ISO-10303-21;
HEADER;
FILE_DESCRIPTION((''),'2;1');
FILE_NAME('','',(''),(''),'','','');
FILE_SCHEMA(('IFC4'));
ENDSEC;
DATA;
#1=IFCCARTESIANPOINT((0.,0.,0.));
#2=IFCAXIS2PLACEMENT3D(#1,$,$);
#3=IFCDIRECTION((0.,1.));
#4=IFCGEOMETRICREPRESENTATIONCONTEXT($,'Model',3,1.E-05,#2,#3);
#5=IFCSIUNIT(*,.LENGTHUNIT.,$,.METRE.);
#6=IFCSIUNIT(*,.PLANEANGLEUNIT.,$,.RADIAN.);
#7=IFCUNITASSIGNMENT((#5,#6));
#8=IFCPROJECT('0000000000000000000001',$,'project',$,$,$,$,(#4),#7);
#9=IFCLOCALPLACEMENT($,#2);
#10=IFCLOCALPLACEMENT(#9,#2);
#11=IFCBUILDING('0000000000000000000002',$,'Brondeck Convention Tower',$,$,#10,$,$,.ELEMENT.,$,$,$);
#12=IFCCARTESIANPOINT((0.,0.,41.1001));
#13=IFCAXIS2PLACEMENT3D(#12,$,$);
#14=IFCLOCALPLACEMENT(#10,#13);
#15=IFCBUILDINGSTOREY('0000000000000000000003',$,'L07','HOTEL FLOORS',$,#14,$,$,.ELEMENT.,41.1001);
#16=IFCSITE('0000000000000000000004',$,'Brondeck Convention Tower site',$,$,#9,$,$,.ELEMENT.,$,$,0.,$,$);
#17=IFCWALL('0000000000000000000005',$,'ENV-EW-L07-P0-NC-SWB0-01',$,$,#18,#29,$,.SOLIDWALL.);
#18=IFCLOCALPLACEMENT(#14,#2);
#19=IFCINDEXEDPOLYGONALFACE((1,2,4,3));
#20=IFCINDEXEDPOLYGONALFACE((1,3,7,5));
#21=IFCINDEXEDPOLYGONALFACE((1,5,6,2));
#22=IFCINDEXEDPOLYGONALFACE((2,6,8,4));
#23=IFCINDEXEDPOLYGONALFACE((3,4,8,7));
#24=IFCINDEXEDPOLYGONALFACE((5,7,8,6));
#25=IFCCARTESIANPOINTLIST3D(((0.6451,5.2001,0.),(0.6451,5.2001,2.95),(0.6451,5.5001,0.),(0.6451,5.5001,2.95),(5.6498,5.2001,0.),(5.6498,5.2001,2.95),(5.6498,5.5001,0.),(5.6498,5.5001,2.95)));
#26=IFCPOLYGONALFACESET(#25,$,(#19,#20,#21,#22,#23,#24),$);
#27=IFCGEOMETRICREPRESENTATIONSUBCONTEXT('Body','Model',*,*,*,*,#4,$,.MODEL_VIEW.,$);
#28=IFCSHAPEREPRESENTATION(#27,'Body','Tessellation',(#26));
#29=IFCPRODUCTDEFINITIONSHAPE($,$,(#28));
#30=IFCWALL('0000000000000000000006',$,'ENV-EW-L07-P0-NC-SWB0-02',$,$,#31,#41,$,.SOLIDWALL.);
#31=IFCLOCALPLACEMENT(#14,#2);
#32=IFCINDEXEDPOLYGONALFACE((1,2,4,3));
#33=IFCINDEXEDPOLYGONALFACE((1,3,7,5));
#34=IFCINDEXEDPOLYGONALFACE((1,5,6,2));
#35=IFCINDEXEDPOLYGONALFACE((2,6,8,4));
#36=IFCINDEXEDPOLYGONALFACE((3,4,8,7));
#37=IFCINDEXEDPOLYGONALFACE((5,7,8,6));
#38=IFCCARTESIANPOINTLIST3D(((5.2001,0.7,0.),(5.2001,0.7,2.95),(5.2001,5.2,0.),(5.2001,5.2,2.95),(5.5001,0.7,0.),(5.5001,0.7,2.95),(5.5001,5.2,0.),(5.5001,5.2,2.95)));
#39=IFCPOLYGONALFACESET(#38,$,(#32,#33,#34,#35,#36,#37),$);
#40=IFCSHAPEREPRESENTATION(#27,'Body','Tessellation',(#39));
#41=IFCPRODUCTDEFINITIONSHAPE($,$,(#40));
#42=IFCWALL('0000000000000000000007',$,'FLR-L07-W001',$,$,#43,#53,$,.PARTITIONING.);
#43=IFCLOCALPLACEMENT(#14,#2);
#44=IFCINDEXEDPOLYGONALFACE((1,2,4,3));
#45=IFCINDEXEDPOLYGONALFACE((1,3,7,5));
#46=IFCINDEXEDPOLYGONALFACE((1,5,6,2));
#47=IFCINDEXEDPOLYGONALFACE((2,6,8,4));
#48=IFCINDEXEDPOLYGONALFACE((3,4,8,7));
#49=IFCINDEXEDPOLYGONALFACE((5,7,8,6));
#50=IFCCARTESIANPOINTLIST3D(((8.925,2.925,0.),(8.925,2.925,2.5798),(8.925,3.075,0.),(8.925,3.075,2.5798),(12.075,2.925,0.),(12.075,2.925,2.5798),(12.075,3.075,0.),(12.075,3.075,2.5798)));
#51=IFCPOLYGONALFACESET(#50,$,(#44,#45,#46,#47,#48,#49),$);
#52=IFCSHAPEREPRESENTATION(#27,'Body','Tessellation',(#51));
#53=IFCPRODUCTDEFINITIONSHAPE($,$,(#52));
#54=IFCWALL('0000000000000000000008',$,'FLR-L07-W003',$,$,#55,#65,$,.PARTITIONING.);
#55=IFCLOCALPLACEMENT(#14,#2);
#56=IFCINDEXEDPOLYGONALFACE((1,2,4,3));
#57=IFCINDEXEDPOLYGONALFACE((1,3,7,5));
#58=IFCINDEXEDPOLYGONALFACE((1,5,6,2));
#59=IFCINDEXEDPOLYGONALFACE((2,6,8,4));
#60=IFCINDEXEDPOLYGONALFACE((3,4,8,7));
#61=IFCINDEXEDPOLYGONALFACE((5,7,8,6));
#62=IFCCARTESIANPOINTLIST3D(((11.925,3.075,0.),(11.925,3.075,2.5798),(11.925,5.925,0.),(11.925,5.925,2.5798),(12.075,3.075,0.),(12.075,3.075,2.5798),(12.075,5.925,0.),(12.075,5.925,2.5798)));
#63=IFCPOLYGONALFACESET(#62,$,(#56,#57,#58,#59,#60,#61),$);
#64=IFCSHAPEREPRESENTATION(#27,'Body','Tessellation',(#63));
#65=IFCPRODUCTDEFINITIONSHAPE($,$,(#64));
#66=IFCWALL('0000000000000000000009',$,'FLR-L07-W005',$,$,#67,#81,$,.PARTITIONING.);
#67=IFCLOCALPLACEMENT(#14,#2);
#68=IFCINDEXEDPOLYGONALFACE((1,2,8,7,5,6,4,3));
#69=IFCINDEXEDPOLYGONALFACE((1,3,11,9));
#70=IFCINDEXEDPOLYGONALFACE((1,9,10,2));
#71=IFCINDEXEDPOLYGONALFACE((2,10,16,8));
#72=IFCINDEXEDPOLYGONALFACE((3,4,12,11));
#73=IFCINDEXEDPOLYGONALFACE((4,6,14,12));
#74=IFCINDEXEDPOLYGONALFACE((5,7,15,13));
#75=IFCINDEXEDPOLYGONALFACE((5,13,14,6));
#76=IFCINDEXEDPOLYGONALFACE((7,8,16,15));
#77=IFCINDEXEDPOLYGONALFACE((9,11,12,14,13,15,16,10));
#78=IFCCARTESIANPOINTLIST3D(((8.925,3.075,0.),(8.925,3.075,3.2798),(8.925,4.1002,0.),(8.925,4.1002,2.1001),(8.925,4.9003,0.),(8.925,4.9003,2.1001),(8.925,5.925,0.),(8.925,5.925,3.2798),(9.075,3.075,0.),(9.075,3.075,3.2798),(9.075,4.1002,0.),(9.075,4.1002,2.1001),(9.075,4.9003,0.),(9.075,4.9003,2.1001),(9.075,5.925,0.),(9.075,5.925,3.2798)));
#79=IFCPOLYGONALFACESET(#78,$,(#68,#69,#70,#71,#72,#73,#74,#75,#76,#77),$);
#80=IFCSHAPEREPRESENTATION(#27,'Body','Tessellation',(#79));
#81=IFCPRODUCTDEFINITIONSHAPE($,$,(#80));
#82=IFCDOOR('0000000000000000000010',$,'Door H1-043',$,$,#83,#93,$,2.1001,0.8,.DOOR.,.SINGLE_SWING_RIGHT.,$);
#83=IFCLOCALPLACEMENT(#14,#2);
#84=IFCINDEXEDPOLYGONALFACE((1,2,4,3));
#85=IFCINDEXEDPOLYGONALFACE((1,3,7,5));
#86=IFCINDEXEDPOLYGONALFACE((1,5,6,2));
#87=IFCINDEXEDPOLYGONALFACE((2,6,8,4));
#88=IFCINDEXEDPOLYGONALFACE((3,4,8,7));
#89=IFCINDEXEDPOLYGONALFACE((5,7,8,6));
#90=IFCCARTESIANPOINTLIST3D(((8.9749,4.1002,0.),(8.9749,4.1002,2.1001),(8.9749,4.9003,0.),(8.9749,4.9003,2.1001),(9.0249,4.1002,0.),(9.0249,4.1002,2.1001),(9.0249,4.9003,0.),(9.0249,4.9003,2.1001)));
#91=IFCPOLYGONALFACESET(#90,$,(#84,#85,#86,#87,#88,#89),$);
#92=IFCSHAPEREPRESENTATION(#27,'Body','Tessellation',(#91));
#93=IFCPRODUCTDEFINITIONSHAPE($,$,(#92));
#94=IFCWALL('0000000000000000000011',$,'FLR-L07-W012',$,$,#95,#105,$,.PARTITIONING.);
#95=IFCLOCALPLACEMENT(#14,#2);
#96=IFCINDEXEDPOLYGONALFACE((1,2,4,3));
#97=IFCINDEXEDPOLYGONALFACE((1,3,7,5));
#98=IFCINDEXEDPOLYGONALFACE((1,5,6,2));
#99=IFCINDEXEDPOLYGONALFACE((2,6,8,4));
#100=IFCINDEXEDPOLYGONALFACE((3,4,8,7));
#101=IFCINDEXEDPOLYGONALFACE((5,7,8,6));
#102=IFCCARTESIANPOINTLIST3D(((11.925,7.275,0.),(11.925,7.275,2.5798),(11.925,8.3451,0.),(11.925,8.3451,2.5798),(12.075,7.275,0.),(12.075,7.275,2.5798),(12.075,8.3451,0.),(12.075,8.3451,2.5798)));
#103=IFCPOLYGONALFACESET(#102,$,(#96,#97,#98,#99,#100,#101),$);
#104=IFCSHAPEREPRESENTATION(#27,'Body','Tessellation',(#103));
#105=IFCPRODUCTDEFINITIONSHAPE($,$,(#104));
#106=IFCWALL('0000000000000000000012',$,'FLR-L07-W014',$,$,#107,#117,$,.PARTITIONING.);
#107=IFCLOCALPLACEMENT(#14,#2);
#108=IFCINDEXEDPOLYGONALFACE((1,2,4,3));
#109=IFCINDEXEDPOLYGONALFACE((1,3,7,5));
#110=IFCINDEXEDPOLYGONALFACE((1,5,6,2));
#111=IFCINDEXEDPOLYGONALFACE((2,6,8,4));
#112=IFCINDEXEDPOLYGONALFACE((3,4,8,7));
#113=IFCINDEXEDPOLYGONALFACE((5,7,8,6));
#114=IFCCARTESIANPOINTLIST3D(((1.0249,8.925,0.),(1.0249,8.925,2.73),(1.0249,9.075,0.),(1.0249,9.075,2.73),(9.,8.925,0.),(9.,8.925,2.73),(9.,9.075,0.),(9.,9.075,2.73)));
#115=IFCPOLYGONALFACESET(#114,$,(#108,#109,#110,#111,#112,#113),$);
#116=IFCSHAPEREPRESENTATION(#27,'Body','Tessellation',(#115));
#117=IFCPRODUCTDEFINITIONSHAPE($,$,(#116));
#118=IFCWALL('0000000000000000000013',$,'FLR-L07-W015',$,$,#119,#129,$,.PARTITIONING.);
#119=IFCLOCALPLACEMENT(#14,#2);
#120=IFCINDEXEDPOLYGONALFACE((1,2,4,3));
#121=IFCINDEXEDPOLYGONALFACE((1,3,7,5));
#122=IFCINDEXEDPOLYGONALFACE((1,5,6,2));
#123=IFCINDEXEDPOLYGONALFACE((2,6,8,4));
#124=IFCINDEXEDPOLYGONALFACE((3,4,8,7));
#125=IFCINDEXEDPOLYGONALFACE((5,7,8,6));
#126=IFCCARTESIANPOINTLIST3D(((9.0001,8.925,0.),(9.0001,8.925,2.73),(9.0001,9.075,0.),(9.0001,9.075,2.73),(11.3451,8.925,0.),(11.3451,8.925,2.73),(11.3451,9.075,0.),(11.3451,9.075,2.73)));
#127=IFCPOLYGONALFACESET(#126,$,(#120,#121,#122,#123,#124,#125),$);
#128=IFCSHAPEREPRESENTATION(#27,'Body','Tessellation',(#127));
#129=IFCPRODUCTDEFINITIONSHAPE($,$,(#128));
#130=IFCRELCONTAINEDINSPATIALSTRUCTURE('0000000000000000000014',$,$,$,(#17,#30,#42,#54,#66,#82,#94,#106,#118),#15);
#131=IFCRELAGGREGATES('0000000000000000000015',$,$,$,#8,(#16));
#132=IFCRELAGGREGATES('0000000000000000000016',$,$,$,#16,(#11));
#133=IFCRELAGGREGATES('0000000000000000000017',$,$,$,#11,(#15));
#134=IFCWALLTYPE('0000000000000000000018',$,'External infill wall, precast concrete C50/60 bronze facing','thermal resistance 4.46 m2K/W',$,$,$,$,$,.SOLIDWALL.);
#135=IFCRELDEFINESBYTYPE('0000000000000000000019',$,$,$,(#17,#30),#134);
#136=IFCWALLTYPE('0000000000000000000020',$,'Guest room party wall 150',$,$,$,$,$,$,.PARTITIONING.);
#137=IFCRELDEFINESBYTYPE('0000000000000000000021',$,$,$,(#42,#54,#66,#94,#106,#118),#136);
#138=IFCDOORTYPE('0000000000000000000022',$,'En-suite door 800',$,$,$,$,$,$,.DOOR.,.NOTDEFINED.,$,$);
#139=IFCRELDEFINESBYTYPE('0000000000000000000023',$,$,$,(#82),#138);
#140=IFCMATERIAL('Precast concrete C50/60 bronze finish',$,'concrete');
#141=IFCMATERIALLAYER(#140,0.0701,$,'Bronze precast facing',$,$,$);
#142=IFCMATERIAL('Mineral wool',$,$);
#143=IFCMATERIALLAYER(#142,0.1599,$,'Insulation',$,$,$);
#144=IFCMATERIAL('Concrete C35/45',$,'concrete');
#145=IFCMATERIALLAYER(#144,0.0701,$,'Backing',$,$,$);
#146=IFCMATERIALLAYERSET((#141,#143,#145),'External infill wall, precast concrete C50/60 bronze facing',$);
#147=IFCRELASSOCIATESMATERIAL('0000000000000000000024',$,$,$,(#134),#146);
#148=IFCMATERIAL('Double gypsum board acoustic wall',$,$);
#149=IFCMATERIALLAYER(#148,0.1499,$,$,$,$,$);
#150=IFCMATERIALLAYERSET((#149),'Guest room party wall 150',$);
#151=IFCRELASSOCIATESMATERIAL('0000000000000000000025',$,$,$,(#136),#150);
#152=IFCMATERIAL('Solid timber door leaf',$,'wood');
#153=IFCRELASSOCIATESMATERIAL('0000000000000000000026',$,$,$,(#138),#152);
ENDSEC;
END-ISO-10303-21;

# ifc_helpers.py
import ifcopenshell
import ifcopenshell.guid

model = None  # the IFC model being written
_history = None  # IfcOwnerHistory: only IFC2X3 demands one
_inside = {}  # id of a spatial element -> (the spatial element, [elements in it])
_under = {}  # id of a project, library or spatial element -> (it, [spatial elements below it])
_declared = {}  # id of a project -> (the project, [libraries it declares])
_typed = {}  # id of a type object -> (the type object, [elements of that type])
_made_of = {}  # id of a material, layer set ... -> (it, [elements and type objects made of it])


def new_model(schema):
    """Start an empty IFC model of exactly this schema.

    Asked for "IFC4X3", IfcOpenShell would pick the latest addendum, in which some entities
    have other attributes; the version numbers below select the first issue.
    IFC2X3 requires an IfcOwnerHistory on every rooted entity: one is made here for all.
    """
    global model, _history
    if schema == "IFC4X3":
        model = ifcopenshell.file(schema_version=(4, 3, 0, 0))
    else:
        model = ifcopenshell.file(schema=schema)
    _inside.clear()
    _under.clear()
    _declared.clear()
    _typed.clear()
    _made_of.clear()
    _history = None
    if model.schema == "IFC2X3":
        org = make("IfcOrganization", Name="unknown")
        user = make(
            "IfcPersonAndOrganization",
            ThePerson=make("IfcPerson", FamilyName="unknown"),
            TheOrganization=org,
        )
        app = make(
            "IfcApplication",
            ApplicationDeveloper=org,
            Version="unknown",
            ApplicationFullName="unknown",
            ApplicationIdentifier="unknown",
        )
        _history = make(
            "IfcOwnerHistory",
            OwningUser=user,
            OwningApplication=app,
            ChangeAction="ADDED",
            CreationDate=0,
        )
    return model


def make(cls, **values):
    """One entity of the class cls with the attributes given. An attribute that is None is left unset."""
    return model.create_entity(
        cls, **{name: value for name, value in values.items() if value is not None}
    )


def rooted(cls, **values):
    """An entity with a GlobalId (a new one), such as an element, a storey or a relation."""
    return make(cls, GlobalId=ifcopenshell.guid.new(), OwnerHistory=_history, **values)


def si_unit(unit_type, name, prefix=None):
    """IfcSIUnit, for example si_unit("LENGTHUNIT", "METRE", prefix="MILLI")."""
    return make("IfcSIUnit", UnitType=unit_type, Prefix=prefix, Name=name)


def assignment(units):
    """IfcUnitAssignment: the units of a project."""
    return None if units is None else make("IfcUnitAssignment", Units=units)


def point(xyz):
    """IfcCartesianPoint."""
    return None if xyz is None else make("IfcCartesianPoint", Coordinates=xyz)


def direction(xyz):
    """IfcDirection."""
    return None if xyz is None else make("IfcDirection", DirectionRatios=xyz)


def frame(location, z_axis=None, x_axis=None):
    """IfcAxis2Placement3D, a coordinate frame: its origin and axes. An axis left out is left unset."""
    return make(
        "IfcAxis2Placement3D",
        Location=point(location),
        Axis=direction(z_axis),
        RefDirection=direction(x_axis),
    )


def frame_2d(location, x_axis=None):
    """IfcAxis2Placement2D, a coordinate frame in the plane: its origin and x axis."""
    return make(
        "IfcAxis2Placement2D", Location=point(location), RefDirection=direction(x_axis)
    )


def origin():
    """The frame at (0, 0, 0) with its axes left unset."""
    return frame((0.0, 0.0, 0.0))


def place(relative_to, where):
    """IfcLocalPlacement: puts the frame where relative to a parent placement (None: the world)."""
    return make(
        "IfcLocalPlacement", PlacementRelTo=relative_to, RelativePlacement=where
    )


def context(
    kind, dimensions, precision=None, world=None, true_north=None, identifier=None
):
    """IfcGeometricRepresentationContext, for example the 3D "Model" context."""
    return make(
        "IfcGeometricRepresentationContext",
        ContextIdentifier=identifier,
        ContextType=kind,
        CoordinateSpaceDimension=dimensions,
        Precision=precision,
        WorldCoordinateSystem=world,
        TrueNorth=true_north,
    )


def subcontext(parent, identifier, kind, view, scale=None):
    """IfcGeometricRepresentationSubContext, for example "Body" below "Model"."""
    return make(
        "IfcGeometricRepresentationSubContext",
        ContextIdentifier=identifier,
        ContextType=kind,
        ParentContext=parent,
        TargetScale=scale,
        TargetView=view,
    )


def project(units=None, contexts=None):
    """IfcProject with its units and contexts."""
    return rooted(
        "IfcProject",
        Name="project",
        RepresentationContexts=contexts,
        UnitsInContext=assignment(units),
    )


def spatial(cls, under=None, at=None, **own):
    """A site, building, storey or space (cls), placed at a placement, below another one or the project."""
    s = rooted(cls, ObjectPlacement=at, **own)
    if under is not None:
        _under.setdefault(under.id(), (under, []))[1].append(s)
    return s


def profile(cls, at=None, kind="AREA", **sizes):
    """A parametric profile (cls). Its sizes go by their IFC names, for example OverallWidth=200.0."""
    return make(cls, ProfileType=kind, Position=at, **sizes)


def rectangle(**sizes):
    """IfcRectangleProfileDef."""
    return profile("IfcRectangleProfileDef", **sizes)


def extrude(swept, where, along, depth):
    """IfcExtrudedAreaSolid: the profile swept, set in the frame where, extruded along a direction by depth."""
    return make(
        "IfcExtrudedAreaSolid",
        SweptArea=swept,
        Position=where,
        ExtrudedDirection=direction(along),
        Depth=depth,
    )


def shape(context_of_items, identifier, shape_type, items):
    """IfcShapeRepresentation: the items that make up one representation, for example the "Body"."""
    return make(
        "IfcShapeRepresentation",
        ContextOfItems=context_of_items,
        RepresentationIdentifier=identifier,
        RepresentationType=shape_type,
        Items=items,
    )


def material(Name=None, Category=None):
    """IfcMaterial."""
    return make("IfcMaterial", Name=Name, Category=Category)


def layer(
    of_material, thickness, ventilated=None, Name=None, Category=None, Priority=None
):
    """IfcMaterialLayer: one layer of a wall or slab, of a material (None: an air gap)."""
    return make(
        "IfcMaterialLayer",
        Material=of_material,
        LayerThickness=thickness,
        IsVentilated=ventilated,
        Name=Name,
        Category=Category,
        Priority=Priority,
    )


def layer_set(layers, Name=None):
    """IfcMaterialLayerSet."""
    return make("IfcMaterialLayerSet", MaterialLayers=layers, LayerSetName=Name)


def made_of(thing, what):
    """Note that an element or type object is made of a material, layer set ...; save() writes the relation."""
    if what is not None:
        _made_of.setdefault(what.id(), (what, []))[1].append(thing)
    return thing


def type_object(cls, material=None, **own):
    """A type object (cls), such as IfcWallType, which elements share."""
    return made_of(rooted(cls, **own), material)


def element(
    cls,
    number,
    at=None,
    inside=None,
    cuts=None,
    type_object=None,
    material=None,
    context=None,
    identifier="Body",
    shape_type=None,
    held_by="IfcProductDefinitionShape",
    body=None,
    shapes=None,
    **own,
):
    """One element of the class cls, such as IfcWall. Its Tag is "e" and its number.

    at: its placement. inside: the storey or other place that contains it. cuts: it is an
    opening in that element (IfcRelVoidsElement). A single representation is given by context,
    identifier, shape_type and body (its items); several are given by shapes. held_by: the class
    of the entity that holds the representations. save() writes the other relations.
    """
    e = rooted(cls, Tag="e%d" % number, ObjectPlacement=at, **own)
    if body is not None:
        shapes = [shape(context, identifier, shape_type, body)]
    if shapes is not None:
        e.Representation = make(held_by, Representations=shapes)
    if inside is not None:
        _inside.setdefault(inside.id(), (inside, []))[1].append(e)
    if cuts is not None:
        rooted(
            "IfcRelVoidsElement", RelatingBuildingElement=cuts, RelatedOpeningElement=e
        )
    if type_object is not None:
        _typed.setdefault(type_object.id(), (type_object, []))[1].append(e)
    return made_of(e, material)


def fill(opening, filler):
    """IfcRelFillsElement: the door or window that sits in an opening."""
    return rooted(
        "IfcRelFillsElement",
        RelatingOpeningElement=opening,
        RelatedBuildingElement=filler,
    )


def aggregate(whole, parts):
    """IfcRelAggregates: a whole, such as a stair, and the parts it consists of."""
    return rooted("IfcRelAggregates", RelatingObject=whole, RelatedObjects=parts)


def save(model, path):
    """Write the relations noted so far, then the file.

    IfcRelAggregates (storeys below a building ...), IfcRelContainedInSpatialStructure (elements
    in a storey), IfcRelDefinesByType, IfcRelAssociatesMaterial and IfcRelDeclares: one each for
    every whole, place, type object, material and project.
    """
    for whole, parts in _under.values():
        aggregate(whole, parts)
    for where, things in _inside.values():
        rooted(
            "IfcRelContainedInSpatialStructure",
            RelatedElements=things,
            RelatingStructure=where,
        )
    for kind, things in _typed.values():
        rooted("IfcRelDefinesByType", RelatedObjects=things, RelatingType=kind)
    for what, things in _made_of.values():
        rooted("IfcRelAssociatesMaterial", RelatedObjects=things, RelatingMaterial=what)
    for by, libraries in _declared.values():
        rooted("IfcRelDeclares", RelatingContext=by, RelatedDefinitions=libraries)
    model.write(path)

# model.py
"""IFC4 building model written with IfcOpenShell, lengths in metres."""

from ifc_helpers import new_model, si_unit, direction, frame, frame_2d, origin, place, context, subcontext, project, spatial, rectangle, extrude, material, layer, layer_set, type_object, element, fill, save


model = new_model("IFC4")

# Units and contexts
model_context = context("Model", 3, precision=1e-05, world=origin(), true_north=direction((0.0, 1.0)))
body_context = subcontext(model_context, "Body", "Model", "MODEL_VIEW")
ifc_project = project(units=[si_unit("LENGTHUNIT", "METRE"), si_unit("PLANEANGLEUNIT", "RADIAN")], contexts=[model_context])

# Site, building, storey
site_placement = place(None, origin())
site = spatial("IfcSite", under=ifc_project, at=site_placement, Name="Brondeck Convention Tower site", CompositionType="ELEMENT", RefElevation=0.0)
building_placement = place(site_placement, origin())
building = spatial("IfcBuilding", under=site, at=building_placement, Name="Brondeck Convention Tower", CompositionType="ELEMENT")
storey_placement = place(building_placement, frame((0.0, 0.0, 41.1001)))
storey = spatial("IfcBuildingStorey", under=building, at=storey_placement, Name="L07", Description="HOTEL FLOORS", CompositionType="ELEMENT", Elevation=41.1001)

# Shared definitions
ifc_material_1 = material(Name="Concrete C35/45", Category="concrete")

# Shared definitions
ifc_material_2 = material(Name="Precast concrete C50/60 bronze finish", Category="concrete")
ifc_layer_1 = layer(ifc_material_2, 0.0701, Name="Bronze precast facing")
ifc_material_3 = material(Name="Mineral wool")
ifc_layer_2 = layer(ifc_material_3, 0.1599, Name="Insulation")
ifc_layer_3 = layer(ifc_material_1, 0.0701, Name="Backing")
ifc_layer_set_1 = layer_set([ifc_layer_1, ifc_layer_2, ifc_layer_3], Name="External infill wall, precast concrete C50/60 bronze facing")
wall_type_1 = type_object("IfcWallType", Name="External infill wall, precast concrete C50/60 bronze facing", Description="thermal resistance 4.46 m2K/W", PredefinedType="SOLIDWALL", material=ifc_layer_set_1)

# Walls
wall_1_placement = place(storey_placement, frame((5.6499, 5.3501, 0.0), z_axis=(0.0, 0.0, 1.0), x_axis=(-1.0, 0.0, 0.0)))
element("IfcWall", 1, at=wall_1_placement, inside=storey, type_object=wall_type_1, Name="ENV-EW-L07-P0-NC-SWB0-01", PredefinedType="SOLIDWALL", context=body_context, shape_type="SweptSolid", body=[
    extrude(rectangle(XDim=5.0046, YDim=0.3, at=frame_2d((2.5024, 0.0))), origin(), (0.0, 0.0, 1.0), 2.95),
])
wall_2_placement = place(storey_placement, frame((5.3501, 0.7, 0.0), z_axis=(0.0, 0.0, 1.0), x_axis=(0.0, 1.0, 0.0)))
element("IfcWall", 2, at=wall_2_placement, inside=storey, type_object=wall_type_1, Name="ENV-EW-L07-P0-NC-SWB0-02", PredefinedType="SOLIDWALL", context=body_context, shape_type="SweptSolid", body=[
    extrude(rectangle(XDim=4.5, YDim=0.3, at=frame_2d((2.25, 0.0))), origin(), (0.0, 0.0, 1.0), 2.95),
])
ifc_material_4 = material(Name="Double gypsum board acoustic wall")
ifc_layer_4 = layer(ifc_material_4, 0.1499)
ifc_layer_set_2 = layer_set([ifc_layer_4], Name="Guest room party wall 150")
wall_type_2 = type_object("IfcWallType", Name="Guest room party wall 150", PredefinedType="PARTITIONING", material=ifc_layer_set_2)
wall_3_placement = place(storey_placement, frame((8.925, 3.0, 0.0), z_axis=(0.0, 0.0, 1.0), x_axis=(1.0, 0.0, 0.0)))
element("IfcWall", 3, at=wall_3_placement, inside=storey, type_object=wall_type_2, Name="FLR-L07-W001", PredefinedType="PARTITIONING", context=body_context, shape_type="SweptSolid", body=[
    extrude(rectangle(XDim=3.1499, YDim=0.1499, at=frame_2d((1.575, 0.0))), origin(), (0.0, 0.0, 1.0), 2.5798),
])
wall_4_placement = place(storey_placement, frame((12.0, 3.075, 0.0), z_axis=(0.0, 0.0, 1.0), x_axis=(0.0, 1.0, 0.0)))
element("IfcWall", 4, at=wall_4_placement, inside=storey, type_object=wall_type_2, Name="FLR-L07-W003", PredefinedType="PARTITIONING", context=body_context, shape_type="SweptSolid", body=[
    extrude(rectangle(XDim=2.8501, YDim=0.1499, at=frame_2d((1.425, 0.0))), origin(), (0.0, 0.0, 1.0), 2.5798),
])

# Wall, opening, door
wall_5_placement = place(storey_placement, frame((9.0, 5.925, 0.0), z_axis=(0.0, 0.0, 1.0), x_axis=(0.0, -1.0, 0.0)))
wall_5 = element("IfcWall", 5, at=wall_5_placement, inside=storey, type_object=wall_type_2, Name="FLR-L07-W005", PredefinedType="PARTITIONING", context=body_context, shape_type="SweptSolid", body=[
    extrude(rectangle(XDim=2.8501, YDim=0.1499, at=frame_2d((1.425, 0.0))), origin(), (0.0, 0.0, 1.0), 3.2798),
])
opening_1_placement = place(wall_5_placement, frame((1.0249, 0.0, 0.0)))
opening_1 = element("IfcOpeningElement", 6, at=opening_1_placement, cuts=wall_5, PredefinedType="OPENING", context=body_context, shape_type="SweptSolid", body=[
    extrude(rectangle(XDim=0.8, YDim=2.1001, at=frame_2d((0.3999, 1.05))), frame((0.0, 0.085, 0.0), z_axis=(0.0, -1.0, 0.0), x_axis=(1.0, 0.0, 0.0)), (0.0, 0.0, 1.0), 0.1699),
])
ifc_material_5 = material(Name="Solid timber door leaf", Category="wood")
door_type = type_object("IfcDoorType", Name="En-suite door 800", OperationType="NOTDEFINED", PredefinedType="DOOR", material=ifc_material_5)
door_placement = place(opening_1_placement, origin())
door = element("IfcDoor", 7, at=door_placement, inside=storey, type_object=door_type, Name="Door H1-043", OperationType="SINGLE_SWING_RIGHT", OverallHeight=2.1001, OverallWidth=0.8, PredefinedType="DOOR", context=body_context, shape_type="SweptSolid", body=[
    extrude(rectangle(XDim=0.8, YDim=2.1001, at=frame_2d((0.3999, 1.05))), frame((0.0, 0.0249, 0.0), z_axis=(0.0, -1.0, 0.0), x_axis=(1.0, 0.0, 0.0)), (0.0, 0.0, 1.0), 0.05),
])
fill(opening_1, door)

# Walls
wall_6_placement = place(storey_placement, frame((12.0, 7.2749, 0.0), z_axis=(0.0, 0.0, 1.0), x_axis=(0.0, 1.0, 0.0)))
element("IfcWall", 8, at=wall_6_placement, inside=storey, type_object=wall_type_2, Name="FLR-L07-W012", PredefinedType="PARTITIONING", context=body_context, shape_type="SweptSolid", body=[
    extrude(rectangle(XDim=1.0701, YDim=0.1499, at=frame_2d((0.5352, 0.0))), origin(), (0.0, 0.0, 1.0), 2.5798),
])
wall_7_placement = place(storey_placement, frame((9.0, 9.0, 0.0), z_axis=(0.0, 0.0, 1.0), x_axis=(-1.0, 0.0, 0.0)))
element("IfcWall", 9, at=wall_7_placement, inside=storey, type_object=wall_type_2, Name="FLR-L07-W014", PredefinedType="PARTITIONING", context=body_context, shape_type="SweptSolid", body=[
    extrude(rectangle(XDim=7.9751, YDim=0.1499, at=frame_2d((3.9875, 0.0))), origin(), (0.0, 0.0, 1.0), 2.73),
])
wall_8_placement = place(storey_placement, frame((11.345, 9.0, 0.0), z_axis=(0.0, 0.0, 1.0), x_axis=(-1.0, 0.0, 0.0)))
element("IfcWall", 10, at=wall_8_placement, inside=storey, type_object=wall_type_2, Name="FLR-L07-W015", PredefinedType="PARTITIONING", context=body_context, shape_type="SweptSolid", body=[
    extrude(rectangle(XDim=2.345, YDim=0.1499, at=frame_2d((1.1724, 0.0))), origin(), (0.0, 0.0, 1.0), 2.73),
])

save(model, "model.ifc")
